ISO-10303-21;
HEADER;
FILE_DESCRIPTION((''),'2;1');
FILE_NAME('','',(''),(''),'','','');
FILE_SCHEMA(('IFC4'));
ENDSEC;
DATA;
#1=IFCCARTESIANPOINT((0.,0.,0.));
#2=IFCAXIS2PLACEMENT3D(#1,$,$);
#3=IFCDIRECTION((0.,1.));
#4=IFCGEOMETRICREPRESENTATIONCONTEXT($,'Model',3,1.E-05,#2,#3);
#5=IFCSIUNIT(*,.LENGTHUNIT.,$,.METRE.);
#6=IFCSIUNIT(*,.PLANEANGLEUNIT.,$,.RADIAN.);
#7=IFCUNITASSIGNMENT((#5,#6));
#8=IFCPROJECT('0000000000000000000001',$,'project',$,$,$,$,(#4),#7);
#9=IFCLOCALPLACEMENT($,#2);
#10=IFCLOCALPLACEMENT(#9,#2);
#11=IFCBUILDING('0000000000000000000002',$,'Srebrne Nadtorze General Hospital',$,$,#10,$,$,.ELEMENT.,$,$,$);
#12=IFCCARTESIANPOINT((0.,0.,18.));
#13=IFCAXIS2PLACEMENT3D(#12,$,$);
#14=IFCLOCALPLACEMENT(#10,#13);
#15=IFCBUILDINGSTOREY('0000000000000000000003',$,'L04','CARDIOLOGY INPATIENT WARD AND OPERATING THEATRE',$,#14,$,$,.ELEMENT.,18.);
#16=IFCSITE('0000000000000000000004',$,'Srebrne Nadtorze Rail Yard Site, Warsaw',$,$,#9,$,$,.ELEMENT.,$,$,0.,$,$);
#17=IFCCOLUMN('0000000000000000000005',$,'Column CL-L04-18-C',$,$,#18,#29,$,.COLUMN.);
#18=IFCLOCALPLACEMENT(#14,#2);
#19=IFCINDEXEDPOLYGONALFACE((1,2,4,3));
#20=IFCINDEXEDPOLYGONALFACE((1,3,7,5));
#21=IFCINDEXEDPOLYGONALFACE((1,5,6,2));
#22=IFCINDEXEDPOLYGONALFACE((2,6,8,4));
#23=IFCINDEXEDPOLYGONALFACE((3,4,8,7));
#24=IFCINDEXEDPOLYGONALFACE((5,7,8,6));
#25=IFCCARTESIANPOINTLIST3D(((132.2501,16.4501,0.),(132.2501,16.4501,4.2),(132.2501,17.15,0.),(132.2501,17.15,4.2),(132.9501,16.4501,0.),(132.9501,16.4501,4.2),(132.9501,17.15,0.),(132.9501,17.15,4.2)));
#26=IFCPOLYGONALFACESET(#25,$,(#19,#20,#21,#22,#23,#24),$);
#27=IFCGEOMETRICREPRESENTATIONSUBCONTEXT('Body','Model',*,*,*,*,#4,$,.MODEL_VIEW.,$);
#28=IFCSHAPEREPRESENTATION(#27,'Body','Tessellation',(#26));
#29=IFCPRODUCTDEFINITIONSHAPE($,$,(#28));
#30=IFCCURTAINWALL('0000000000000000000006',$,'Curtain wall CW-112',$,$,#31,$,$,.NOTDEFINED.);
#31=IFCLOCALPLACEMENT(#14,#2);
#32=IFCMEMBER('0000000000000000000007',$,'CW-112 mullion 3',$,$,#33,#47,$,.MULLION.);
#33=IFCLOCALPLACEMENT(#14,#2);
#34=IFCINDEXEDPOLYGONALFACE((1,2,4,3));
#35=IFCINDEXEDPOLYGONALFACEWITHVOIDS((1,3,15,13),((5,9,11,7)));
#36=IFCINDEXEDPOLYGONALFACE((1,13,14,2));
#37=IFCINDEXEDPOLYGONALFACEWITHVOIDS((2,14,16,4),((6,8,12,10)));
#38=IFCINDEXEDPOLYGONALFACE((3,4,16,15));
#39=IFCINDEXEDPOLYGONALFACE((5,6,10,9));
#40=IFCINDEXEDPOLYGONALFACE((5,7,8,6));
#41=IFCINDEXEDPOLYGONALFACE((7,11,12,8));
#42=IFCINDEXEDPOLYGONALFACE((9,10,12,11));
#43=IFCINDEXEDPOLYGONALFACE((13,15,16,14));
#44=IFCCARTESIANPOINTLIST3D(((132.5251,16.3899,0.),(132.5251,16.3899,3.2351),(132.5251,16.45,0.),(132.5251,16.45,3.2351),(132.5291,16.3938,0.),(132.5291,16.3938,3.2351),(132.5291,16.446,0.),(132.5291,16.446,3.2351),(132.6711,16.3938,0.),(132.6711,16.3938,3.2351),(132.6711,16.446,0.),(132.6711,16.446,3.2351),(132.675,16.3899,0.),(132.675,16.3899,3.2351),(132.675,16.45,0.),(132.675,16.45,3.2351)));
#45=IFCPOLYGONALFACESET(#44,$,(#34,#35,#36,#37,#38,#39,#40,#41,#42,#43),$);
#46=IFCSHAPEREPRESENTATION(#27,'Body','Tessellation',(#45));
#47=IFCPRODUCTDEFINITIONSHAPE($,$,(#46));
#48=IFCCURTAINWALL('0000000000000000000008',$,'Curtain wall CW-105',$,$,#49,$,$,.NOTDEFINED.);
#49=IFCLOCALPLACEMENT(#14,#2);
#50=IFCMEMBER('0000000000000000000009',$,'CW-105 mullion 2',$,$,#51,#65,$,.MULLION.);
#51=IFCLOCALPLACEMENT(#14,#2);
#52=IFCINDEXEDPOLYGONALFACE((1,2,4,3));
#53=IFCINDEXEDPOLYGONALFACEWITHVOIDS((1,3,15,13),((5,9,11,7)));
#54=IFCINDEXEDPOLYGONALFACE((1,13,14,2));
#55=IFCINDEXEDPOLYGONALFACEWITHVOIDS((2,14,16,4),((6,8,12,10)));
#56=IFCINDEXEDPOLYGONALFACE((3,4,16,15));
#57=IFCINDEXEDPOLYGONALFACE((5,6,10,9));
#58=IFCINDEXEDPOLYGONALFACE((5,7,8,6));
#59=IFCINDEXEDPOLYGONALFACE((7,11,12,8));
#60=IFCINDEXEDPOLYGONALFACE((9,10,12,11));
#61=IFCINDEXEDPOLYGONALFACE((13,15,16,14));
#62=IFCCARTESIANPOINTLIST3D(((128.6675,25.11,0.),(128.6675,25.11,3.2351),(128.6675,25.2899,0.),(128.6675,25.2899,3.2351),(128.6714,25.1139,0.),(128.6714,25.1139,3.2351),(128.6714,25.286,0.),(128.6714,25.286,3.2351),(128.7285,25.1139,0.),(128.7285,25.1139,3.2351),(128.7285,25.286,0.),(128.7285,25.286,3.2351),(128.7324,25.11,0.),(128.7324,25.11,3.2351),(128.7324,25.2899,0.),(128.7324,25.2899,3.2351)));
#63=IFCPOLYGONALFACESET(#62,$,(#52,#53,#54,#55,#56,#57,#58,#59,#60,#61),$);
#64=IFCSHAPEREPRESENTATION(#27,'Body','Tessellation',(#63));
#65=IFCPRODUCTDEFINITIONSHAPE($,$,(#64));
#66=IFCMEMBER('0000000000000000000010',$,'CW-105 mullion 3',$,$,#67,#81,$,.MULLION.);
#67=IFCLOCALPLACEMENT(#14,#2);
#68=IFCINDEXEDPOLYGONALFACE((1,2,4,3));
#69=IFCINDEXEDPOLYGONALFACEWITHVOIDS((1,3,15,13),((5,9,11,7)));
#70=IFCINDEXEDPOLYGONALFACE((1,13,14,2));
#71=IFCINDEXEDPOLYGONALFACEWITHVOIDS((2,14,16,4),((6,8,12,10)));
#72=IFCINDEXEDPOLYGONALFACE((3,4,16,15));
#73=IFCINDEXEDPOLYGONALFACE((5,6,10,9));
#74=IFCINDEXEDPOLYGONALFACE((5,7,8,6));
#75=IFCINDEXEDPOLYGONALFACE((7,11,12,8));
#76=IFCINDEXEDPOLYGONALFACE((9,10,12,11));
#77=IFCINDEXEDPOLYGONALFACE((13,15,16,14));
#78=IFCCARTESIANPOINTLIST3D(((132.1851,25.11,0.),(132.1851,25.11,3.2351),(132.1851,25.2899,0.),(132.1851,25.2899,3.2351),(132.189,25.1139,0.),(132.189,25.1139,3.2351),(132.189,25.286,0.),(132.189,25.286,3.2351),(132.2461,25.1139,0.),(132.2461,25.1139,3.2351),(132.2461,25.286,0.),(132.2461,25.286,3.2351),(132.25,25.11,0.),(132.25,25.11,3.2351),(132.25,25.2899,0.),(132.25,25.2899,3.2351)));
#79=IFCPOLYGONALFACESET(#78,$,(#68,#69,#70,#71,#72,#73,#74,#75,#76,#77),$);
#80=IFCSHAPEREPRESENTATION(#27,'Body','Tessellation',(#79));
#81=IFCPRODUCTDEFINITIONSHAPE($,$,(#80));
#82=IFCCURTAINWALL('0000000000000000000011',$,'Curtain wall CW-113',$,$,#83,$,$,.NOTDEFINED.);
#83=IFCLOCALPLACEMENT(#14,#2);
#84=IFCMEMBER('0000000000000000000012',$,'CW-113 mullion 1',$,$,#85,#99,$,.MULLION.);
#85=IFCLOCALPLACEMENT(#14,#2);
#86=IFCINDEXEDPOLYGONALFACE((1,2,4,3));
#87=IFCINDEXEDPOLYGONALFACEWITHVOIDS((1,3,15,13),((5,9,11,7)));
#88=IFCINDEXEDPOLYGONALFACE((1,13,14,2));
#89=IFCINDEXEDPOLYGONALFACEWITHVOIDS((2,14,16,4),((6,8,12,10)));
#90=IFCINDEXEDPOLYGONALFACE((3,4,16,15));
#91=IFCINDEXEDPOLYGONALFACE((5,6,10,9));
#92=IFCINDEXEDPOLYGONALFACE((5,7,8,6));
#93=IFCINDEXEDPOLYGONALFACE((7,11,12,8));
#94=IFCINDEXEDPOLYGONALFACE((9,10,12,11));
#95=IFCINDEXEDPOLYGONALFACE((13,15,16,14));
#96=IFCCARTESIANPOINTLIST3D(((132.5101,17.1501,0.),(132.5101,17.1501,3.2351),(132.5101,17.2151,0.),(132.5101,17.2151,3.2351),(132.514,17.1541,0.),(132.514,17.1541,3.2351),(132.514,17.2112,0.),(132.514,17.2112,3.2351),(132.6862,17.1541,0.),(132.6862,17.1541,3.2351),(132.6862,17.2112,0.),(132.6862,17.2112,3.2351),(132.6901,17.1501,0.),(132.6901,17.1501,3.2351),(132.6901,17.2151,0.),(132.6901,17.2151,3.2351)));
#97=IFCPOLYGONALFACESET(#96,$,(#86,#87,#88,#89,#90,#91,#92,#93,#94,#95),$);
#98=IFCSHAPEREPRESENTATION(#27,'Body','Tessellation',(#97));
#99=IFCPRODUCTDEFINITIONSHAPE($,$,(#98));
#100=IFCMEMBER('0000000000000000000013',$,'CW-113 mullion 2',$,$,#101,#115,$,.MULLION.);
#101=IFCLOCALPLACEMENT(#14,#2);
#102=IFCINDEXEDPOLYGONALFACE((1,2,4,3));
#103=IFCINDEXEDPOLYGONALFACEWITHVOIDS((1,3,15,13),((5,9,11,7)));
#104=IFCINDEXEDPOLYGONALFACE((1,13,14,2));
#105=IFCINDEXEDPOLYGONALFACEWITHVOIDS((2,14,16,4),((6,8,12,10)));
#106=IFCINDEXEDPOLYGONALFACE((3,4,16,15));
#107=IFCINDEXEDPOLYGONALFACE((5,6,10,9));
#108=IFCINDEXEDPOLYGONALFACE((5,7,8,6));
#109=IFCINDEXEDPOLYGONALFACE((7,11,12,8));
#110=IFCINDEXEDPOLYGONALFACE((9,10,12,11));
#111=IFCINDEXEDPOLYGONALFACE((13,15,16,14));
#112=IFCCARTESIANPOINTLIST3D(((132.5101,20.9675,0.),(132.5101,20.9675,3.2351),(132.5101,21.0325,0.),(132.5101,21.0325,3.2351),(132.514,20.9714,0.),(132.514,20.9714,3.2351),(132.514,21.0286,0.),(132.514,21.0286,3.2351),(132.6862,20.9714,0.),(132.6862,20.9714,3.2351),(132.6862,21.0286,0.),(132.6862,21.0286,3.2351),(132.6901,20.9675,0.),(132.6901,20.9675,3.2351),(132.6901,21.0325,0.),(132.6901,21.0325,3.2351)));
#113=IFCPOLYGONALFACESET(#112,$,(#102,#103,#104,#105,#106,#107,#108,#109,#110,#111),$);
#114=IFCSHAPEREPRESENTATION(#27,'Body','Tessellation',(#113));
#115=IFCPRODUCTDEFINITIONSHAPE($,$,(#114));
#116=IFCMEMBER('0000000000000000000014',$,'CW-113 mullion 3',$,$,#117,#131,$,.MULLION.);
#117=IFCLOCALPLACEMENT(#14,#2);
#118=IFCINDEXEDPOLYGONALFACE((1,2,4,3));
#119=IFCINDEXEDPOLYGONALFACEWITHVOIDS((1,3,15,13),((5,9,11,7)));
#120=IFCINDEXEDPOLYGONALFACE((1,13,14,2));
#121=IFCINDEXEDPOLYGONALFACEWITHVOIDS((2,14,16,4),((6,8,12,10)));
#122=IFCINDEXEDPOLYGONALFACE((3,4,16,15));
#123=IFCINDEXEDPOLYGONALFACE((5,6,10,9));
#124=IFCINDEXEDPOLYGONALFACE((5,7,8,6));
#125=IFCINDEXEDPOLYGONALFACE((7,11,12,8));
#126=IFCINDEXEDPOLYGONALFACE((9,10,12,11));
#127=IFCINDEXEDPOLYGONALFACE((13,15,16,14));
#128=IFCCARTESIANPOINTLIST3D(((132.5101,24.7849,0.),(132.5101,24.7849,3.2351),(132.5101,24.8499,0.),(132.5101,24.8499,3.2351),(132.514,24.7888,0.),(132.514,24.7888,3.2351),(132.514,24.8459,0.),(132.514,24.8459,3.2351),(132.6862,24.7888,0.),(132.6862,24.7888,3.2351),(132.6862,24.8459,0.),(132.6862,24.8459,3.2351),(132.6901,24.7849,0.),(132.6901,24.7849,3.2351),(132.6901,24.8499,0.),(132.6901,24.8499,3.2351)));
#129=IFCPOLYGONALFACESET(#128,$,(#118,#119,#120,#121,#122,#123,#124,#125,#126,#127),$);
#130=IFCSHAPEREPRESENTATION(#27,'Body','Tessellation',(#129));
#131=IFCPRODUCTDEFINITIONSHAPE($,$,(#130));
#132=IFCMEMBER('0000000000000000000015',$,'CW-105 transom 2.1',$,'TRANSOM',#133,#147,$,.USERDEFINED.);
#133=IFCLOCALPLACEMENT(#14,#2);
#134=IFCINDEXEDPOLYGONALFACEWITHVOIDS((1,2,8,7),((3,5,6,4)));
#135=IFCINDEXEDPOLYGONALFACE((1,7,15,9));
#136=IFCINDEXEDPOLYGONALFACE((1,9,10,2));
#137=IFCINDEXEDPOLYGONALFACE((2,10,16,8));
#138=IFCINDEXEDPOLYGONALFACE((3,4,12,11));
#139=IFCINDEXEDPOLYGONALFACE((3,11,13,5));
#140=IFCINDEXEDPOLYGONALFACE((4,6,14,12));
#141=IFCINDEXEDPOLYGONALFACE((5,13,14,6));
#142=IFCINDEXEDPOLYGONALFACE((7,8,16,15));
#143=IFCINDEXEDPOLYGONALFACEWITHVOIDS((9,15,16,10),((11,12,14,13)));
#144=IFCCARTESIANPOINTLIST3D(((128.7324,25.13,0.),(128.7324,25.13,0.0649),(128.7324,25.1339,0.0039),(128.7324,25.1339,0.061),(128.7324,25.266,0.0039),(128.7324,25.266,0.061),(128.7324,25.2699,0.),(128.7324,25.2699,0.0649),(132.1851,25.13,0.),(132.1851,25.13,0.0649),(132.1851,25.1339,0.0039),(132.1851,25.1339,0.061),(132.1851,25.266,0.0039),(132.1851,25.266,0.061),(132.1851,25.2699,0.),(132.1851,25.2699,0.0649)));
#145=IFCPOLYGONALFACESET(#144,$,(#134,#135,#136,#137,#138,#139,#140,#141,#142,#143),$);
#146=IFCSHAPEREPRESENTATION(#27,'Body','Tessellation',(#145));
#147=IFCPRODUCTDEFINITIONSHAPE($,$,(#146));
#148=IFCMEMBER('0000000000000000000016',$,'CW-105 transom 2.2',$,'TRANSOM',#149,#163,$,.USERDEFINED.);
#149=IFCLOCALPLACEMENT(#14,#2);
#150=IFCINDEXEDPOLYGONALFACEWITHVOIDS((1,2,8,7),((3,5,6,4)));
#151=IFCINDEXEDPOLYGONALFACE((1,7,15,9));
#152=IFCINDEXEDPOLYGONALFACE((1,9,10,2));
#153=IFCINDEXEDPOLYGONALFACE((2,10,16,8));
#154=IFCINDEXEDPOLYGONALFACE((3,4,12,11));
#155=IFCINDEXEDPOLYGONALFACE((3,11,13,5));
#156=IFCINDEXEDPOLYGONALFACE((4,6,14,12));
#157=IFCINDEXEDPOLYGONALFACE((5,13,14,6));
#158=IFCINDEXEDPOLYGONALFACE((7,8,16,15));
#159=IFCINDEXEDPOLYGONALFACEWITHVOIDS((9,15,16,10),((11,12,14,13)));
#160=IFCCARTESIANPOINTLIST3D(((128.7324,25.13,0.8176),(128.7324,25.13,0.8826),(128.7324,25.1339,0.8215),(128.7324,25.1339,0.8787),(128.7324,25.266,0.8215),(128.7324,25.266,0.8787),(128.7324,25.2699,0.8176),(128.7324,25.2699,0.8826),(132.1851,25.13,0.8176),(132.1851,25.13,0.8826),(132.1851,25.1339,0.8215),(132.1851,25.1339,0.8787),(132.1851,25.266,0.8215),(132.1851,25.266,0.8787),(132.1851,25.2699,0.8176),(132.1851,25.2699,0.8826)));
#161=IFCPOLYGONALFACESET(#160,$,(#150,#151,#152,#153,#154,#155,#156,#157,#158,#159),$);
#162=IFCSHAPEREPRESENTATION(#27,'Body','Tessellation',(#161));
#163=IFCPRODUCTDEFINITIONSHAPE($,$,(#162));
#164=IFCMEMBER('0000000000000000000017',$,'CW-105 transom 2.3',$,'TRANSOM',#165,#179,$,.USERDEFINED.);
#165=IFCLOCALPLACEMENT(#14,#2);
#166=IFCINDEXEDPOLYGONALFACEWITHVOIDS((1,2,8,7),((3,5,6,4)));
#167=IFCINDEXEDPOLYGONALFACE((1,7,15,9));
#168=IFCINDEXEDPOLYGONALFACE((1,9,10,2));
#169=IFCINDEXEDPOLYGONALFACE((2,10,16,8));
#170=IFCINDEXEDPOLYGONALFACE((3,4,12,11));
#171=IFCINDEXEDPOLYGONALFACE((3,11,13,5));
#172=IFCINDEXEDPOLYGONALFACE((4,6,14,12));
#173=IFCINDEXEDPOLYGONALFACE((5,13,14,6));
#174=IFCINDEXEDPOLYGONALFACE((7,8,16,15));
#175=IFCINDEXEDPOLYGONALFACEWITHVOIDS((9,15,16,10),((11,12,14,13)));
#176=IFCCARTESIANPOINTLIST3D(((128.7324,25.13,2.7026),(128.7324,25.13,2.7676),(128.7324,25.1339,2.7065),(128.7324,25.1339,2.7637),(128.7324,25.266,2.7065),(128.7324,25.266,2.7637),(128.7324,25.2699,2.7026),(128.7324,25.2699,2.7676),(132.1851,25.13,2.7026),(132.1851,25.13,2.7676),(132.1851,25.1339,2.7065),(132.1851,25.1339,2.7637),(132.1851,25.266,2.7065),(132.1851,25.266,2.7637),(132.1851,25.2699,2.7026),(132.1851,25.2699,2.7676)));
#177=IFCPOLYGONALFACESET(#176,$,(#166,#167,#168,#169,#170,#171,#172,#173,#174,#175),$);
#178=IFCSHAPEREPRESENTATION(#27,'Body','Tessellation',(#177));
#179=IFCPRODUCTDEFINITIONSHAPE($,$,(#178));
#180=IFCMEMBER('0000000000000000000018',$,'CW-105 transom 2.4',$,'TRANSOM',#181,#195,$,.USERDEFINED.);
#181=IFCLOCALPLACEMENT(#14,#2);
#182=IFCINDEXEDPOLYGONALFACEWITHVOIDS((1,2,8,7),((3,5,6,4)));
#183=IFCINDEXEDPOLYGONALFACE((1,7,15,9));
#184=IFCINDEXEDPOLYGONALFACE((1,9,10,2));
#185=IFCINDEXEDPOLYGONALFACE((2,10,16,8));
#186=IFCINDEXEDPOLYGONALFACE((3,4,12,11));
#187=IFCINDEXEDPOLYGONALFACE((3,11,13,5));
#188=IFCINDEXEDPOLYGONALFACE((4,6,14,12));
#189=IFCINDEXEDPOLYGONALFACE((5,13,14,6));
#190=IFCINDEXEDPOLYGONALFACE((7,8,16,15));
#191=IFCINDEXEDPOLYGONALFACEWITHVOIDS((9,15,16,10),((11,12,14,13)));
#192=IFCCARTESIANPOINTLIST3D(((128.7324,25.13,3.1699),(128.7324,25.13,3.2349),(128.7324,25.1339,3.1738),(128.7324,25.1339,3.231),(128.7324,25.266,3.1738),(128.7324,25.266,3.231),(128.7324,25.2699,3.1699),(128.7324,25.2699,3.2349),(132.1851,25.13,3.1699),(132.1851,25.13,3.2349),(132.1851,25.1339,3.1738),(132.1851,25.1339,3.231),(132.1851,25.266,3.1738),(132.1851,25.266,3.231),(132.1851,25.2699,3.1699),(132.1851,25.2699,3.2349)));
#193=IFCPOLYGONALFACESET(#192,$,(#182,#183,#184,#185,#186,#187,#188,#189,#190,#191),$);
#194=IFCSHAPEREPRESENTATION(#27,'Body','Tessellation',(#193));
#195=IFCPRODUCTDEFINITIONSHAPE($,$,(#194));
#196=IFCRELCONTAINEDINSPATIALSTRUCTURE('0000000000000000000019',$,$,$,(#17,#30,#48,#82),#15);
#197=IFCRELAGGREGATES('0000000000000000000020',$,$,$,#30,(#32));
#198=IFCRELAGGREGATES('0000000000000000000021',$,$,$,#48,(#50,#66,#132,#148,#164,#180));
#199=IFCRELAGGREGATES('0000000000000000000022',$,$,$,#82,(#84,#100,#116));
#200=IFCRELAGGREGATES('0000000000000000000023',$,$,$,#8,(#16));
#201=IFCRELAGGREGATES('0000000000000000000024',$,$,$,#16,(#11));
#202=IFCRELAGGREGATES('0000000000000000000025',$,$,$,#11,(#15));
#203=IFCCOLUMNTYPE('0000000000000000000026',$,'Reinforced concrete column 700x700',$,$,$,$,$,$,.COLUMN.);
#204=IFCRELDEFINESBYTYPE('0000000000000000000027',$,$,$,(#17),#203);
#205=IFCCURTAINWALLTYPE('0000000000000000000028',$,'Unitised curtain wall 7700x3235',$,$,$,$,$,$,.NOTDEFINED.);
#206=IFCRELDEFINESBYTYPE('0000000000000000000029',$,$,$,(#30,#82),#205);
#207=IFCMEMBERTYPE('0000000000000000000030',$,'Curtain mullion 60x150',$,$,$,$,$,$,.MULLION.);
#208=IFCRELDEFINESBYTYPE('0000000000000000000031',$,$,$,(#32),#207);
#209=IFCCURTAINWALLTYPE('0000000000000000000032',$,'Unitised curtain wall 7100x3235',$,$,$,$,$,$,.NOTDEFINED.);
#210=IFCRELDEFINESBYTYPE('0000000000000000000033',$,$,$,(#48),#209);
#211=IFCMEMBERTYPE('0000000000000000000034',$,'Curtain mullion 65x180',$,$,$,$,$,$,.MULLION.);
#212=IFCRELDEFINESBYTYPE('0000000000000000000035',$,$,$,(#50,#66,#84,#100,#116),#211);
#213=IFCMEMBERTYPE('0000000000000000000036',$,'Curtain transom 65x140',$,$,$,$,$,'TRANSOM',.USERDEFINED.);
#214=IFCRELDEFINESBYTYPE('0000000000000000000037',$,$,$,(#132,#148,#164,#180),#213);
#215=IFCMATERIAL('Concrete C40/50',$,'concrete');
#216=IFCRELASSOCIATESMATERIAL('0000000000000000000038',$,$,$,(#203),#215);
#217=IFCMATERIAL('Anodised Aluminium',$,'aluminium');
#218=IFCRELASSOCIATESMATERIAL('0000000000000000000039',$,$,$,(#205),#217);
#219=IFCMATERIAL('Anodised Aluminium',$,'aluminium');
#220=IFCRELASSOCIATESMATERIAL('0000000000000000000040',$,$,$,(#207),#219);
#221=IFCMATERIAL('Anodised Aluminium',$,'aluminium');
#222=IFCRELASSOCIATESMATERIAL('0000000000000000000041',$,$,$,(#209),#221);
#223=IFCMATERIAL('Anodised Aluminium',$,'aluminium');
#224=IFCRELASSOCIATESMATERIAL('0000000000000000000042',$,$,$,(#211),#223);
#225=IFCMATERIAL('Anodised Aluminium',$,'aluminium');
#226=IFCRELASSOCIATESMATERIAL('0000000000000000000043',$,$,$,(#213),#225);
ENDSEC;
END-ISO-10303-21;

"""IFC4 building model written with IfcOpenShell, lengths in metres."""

from ifc_helpers import new_model, si_unit, direction, frame, origin, origin_2d, place, context, subcontext, project, spatial, rectangle, hollow_rectangle, extrude, material, material_profile, profile_set, type_object, element, aggregate, save


model = new_model("IFC4")

# Units and contexts
model_context = context("Model", 3, precision=1e-05, world=origin(), true_north=direction((0.0, 1.0)))
body_context = subcontext(model_context, "Body", "Model", "MODEL_VIEW")
ifc_project = project(units=[si_unit("LENGTHUNIT", "METRE"), si_unit("PLANEANGLEUNIT", "RADIAN")], contexts=[model_context])

# Site, building, storey
site_placement = place(None, origin())
site = spatial("IfcSite", under=ifc_project, at=site_placement, Name="Srebrne Nadtorze Rail Yard Site, Warsaw", CompositionType="ELEMENT", RefElevation=0.0)
building_placement = place(site_placement, origin())
building = spatial("IfcBuilding", under=site, at=building_placement, Name="Srebrne Nadtorze General Hospital", CompositionType="ELEMENT")
storey_placement = place(building_placement, frame((0.0, 0.0, 18.0)))
storey = spatial("IfcBuildingStorey", under=building, at=storey_placement, Name="L04", Description="CARDIOLOGY INPATIENT WARD AND OPERATING THEATRE", CompositionType="ELEMENT", Elevation=18.0)

# Column
ifc_material_1 = material(Name="Concrete C40/50", Category="concrete")
ifc_material_profile_1 = material_profile(ifc_material_1, rectangle(XDim=0.7, YDim=0.7, at=origin_2d()), Name="RC-COL-700x700")
ifc_profile_set_1 = profile_set([ifc_material_profile_1], Name="Concrete C40/50")
column_type = type_object("IfcColumnType", Name="Reinforced concrete column 700x700", PredefinedType="COLUMN", material=ifc_profile_set_1)
column_placement = place(storey_placement, frame((132.6001, 16.8, 0.0), z_axis=(0.0, 0.0, 1.0), x_axis=(1.0, 0.0, 0.0)))
element("IfcColumn", 1, at=column_placement, inside=storey, type_object=column_type, Name="Column CL-L04-18-C", PredefinedType="COLUMN", context=body_context, shape_type="SweptSolid", body=[
    extrude(rectangle(XDim=0.7, YDim=0.7, at=origin_2d()), origin(), (0.0, 0.0, 1.0), 4.2),
])

# Curtain wall, member
ifc_material_2 = material(Name="Anodised Aluminium", Category="aluminium")
curtain_wall_type_1 = type_object("IfcCurtainWallType", Name="Unitised curtain wall 7700x3235", PredefinedType="NOTDEFINED", material=ifc_material_2)
curtain_wall_1_placement = place(storey_placement, origin())
curtain_wall_1 = element("IfcCurtainWall", 2, at=curtain_wall_1_placement, inside=storey, type_object=curtain_wall_type_1, Name="Curtain wall CW-112", PredefinedType="NOTDEFINED")
ifc_material_3 = material(Name="Anodised Aluminium", Category="aluminium")
ifc_material_profile_2 = material_profile(ifc_material_3, hollow_rectangle(XDim=0.0601, YDim=0.1499, WallThickness=0.0039, at=origin_2d()), Name="AL-MUL-60x150")
ifc_profile_set_2 = profile_set([ifc_material_profile_2], Name="Anodised Aluminium")
member_type_1 = type_object("IfcMemberType", Name="Curtain mullion 60x150", PredefinedType="MULLION", material=ifc_profile_set_2)
member_1_placement = place(storey_placement, frame((132.6001, 16.4199, 0.0), z_axis=(0.0, 0.0, 1.0), x_axis=(0.0, 1.0, 0.0)))
member_1 = element("IfcMember", 3, at=member_1_placement, type_object=member_type_1, Name="CW-112 mullion 3", PredefinedType="MULLION", context=body_context, shape_type="SweptSolid", body=[
    extrude(hollow_rectangle(XDim=0.0601, YDim=0.1499, WallThickness=0.0039, at=origin_2d()), origin(), (0.0, 0.0, 1.0), 3.2351),
])
aggregate(curtain_wall_1, [member_1])

# Curtain walls, members
ifc_material_4 = material(Name="Anodised Aluminium", Category="aluminium")
curtain_wall_type_2 = type_object("IfcCurtainWallType", Name="Unitised curtain wall 7100x3235", PredefinedType="NOTDEFINED", material=ifc_material_4)
curtain_wall_2_placement = place(storey_placement, origin())
curtain_wall_2 = element("IfcCurtainWall", 4, at=curtain_wall_2_placement, inside=storey, type_object=curtain_wall_type_2, Name="Curtain wall CW-105", PredefinedType="NOTDEFINED")
ifc_material_5 = material(Name="Anodised Aluminium", Category="aluminium")
ifc_material_profile_3 = material_profile(ifc_material_5, hollow_rectangle(XDim=0.0649, YDim=0.1799, WallThickness=0.0039, at=origin_2d()), Name="AL-MUL-65x180")
ifc_profile_set_3 = profile_set([ifc_material_profile_3], Name="Anodised Aluminium")
member_type_2 = type_object("IfcMemberType", Name="Curtain mullion 65x180", PredefinedType="MULLION", material=ifc_profile_set_3)
member_2_placement = place(storey_placement, frame((128.7, 25.2, 0.0), z_axis=(0.0, 0.0, 1.0), x_axis=(1.0, 0.0, 0.0)))
member_2 = element("IfcMember", 5, at=member_2_placement, type_object=member_type_2, Name="CW-105 mullion 2", PredefinedType="MULLION", context=body_context, shape_type="SweptSolid", body=[
    extrude(hollow_rectangle(XDim=0.0649, YDim=0.1799, WallThickness=0.0039, at=origin_2d()), origin(), (0.0, 0.0, 1.0), 3.2351),
])
member_3_placement = place(storey_placement, frame((132.2175, 25.2, 0.0), z_axis=(0.0, 0.0, 1.0), x_axis=(1.0, 0.0, 0.0)))
member_3 = element("IfcMember", 6, at=member_3_placement, type_object=member_type_2, Name="CW-105 mullion 3", PredefinedType="MULLION", context=body_context, shape_type="SweptSolid", body=[
    extrude(hollow_rectangle(XDim=0.0649, YDim=0.1799, WallThickness=0.0039, at=origin_2d()), origin(), (0.0, 0.0, 1.0), 3.2351),
])
curtain_wall_3_placement = place(storey_placement, origin())
curtain_wall_3 = element("IfcCurtainWall", 7, at=curtain_wall_3_placement, inside=storey, type_object=curtain_wall_type_1, Name="Curtain wall CW-113", PredefinedType="NOTDEFINED")
member_4_placement = place(storey_placement, frame((132.6001, 17.1826, 0.0), z_axis=(0.0, 0.0, 1.0), x_axis=(0.0, 1.0, 0.0)))
member_4 = element("IfcMember", 8, at=member_4_placement, type_object=member_type_2, Name="CW-113 mullion 1", PredefinedType="MULLION", context=body_context, shape_type="SweptSolid", body=[
    extrude(hollow_rectangle(XDim=0.0649, YDim=0.1799, WallThickness=0.0039, at=origin_2d()), origin(), (0.0, 0.0, 1.0), 3.2351),
])
member_5_placement = place(storey_placement, frame((132.6001, 21.0, 0.0), z_axis=(0.0, 0.0, 1.0), x_axis=(0.0, 1.0, 0.0)))
member_5 = element("IfcMember", 9, at=member_5_placement, type_object=member_type_2, Name="CW-113 mullion 2", PredefinedType="MULLION", context=body_context, shape_type="SweptSolid", body=[
    extrude(hollow_rectangle(XDim=0.0649, YDim=0.1799, WallThickness=0.0039, at=origin_2d()), origin(), (0.0, 0.0, 1.0), 3.2351),
])
member_6_placement = place(storey_placement, frame((132.6001, 24.8174, 0.0), z_axis=(0.0, 0.0, 1.0), x_axis=(0.0, 1.0, 0.0)))
member_6 = element("IfcMember", 10, at=member_6_placement, type_object=member_type_2, Name="CW-113 mullion 3", PredefinedType="MULLION", context=body_context, shape_type="SweptSolid", body=[
    extrude(hollow_rectangle(XDim=0.0649, YDim=0.1799, WallThickness=0.0039, at=origin_2d()), origin(), (0.0, 0.0, 1.0), 3.2351),
])

# Members
ifc_material_6 = material(Name="Anodised Aluminium", Category="aluminium")
ifc_material_profile_4 = material_profile(ifc_material_6, hollow_rectangle(XDim=0.0649, YDim=0.1399, WallThickness=0.0039, at=origin_2d()), Name="AL-TRN-65x140")
ifc_profile_set_4 = profile_set([ifc_material_profile_4], Name="Anodised Aluminium")
member_type_3 = type_object("IfcMemberType", Name="Curtain transom 65x140", ElementType="TRANSOM", PredefinedType="USERDEFINED", material=ifc_profile_set_4)
member_7_placement = place(storey_placement, frame((128.7324, 25.2, 0.0325), z_axis=(1.0, 0.0, 0.0), x_axis=(0.0, 0.0, 1.0)))
member_7 = element("IfcMember", 11, at=member_7_placement, type_object=member_type_3, Name="CW-105 transom 2.1", ObjectType="TRANSOM", PredefinedType="USERDEFINED", context=body_context, shape_type="SweptSolid", body=[
    extrude(hollow_rectangle(XDim=0.0649, YDim=0.1399, WallThickness=0.0039, at=origin_2d()), origin(), (0.0, 0.0, 1.0), 3.4526),
])
member_8_placement = place(storey_placement, frame((128.7324, 25.2, 0.8501), z_axis=(1.0, 0.0, 0.0), x_axis=(0.0, 0.0, 1.0)))
member_8 = element("IfcMember", 12, at=member_8_placement, type_object=member_type_3, Name="CW-105 transom 2.2", ObjectType="TRANSOM", PredefinedType="USERDEFINED", context=body_context, shape_type="SweptSolid", body=[
    extrude(hollow_rectangle(XDim=0.0649, YDim=0.1399, WallThickness=0.0039, at=origin_2d()), origin(), (0.0, 0.0, 1.0), 3.4526),
])
member_9_placement = place(storey_placement, frame((128.7324, 25.2, 2.7351), z_axis=(1.0, 0.0, 0.0), x_axis=(0.0, 0.0, 1.0)))
member_9 = element("IfcMember", 13, at=member_9_placement, type_object=member_type_3, Name="CW-105 transom 2.3", ObjectType="TRANSOM", PredefinedType="USERDEFINED", context=body_context, shape_type="SweptSolid", body=[
    extrude(hollow_rectangle(XDim=0.0649, YDim=0.1399, WallThickness=0.0039, at=origin_2d()), origin(), (0.0, 0.0, 1.0), 3.4526),
])
member_10_placement = place(storey_placement, frame((128.7324, 25.2, 3.2024), z_axis=(1.0, 0.0, 0.0), x_axis=(0.0, 0.0, 1.0)))
member_10 = element("IfcMember", 14, at=member_10_placement, type_object=member_type_3, Name="CW-105 transom 2.4", ObjectType="TRANSOM", PredefinedType="USERDEFINED", context=body_context, shape_type="SweptSolid", body=[
    extrude(hollow_rectangle(XDim=0.0649, YDim=0.1399, WallThickness=0.0039, at=origin_2d()), origin(), (0.0, 0.0, 1.0), 3.4526),
])

aggregate(curtain_wall_2, [member_2, member_3, member_7, member_8, member_9, member_10])
aggregate(curtain_wall_3, [member_4, member_5, member_6])

save(model, "model.ifc")
